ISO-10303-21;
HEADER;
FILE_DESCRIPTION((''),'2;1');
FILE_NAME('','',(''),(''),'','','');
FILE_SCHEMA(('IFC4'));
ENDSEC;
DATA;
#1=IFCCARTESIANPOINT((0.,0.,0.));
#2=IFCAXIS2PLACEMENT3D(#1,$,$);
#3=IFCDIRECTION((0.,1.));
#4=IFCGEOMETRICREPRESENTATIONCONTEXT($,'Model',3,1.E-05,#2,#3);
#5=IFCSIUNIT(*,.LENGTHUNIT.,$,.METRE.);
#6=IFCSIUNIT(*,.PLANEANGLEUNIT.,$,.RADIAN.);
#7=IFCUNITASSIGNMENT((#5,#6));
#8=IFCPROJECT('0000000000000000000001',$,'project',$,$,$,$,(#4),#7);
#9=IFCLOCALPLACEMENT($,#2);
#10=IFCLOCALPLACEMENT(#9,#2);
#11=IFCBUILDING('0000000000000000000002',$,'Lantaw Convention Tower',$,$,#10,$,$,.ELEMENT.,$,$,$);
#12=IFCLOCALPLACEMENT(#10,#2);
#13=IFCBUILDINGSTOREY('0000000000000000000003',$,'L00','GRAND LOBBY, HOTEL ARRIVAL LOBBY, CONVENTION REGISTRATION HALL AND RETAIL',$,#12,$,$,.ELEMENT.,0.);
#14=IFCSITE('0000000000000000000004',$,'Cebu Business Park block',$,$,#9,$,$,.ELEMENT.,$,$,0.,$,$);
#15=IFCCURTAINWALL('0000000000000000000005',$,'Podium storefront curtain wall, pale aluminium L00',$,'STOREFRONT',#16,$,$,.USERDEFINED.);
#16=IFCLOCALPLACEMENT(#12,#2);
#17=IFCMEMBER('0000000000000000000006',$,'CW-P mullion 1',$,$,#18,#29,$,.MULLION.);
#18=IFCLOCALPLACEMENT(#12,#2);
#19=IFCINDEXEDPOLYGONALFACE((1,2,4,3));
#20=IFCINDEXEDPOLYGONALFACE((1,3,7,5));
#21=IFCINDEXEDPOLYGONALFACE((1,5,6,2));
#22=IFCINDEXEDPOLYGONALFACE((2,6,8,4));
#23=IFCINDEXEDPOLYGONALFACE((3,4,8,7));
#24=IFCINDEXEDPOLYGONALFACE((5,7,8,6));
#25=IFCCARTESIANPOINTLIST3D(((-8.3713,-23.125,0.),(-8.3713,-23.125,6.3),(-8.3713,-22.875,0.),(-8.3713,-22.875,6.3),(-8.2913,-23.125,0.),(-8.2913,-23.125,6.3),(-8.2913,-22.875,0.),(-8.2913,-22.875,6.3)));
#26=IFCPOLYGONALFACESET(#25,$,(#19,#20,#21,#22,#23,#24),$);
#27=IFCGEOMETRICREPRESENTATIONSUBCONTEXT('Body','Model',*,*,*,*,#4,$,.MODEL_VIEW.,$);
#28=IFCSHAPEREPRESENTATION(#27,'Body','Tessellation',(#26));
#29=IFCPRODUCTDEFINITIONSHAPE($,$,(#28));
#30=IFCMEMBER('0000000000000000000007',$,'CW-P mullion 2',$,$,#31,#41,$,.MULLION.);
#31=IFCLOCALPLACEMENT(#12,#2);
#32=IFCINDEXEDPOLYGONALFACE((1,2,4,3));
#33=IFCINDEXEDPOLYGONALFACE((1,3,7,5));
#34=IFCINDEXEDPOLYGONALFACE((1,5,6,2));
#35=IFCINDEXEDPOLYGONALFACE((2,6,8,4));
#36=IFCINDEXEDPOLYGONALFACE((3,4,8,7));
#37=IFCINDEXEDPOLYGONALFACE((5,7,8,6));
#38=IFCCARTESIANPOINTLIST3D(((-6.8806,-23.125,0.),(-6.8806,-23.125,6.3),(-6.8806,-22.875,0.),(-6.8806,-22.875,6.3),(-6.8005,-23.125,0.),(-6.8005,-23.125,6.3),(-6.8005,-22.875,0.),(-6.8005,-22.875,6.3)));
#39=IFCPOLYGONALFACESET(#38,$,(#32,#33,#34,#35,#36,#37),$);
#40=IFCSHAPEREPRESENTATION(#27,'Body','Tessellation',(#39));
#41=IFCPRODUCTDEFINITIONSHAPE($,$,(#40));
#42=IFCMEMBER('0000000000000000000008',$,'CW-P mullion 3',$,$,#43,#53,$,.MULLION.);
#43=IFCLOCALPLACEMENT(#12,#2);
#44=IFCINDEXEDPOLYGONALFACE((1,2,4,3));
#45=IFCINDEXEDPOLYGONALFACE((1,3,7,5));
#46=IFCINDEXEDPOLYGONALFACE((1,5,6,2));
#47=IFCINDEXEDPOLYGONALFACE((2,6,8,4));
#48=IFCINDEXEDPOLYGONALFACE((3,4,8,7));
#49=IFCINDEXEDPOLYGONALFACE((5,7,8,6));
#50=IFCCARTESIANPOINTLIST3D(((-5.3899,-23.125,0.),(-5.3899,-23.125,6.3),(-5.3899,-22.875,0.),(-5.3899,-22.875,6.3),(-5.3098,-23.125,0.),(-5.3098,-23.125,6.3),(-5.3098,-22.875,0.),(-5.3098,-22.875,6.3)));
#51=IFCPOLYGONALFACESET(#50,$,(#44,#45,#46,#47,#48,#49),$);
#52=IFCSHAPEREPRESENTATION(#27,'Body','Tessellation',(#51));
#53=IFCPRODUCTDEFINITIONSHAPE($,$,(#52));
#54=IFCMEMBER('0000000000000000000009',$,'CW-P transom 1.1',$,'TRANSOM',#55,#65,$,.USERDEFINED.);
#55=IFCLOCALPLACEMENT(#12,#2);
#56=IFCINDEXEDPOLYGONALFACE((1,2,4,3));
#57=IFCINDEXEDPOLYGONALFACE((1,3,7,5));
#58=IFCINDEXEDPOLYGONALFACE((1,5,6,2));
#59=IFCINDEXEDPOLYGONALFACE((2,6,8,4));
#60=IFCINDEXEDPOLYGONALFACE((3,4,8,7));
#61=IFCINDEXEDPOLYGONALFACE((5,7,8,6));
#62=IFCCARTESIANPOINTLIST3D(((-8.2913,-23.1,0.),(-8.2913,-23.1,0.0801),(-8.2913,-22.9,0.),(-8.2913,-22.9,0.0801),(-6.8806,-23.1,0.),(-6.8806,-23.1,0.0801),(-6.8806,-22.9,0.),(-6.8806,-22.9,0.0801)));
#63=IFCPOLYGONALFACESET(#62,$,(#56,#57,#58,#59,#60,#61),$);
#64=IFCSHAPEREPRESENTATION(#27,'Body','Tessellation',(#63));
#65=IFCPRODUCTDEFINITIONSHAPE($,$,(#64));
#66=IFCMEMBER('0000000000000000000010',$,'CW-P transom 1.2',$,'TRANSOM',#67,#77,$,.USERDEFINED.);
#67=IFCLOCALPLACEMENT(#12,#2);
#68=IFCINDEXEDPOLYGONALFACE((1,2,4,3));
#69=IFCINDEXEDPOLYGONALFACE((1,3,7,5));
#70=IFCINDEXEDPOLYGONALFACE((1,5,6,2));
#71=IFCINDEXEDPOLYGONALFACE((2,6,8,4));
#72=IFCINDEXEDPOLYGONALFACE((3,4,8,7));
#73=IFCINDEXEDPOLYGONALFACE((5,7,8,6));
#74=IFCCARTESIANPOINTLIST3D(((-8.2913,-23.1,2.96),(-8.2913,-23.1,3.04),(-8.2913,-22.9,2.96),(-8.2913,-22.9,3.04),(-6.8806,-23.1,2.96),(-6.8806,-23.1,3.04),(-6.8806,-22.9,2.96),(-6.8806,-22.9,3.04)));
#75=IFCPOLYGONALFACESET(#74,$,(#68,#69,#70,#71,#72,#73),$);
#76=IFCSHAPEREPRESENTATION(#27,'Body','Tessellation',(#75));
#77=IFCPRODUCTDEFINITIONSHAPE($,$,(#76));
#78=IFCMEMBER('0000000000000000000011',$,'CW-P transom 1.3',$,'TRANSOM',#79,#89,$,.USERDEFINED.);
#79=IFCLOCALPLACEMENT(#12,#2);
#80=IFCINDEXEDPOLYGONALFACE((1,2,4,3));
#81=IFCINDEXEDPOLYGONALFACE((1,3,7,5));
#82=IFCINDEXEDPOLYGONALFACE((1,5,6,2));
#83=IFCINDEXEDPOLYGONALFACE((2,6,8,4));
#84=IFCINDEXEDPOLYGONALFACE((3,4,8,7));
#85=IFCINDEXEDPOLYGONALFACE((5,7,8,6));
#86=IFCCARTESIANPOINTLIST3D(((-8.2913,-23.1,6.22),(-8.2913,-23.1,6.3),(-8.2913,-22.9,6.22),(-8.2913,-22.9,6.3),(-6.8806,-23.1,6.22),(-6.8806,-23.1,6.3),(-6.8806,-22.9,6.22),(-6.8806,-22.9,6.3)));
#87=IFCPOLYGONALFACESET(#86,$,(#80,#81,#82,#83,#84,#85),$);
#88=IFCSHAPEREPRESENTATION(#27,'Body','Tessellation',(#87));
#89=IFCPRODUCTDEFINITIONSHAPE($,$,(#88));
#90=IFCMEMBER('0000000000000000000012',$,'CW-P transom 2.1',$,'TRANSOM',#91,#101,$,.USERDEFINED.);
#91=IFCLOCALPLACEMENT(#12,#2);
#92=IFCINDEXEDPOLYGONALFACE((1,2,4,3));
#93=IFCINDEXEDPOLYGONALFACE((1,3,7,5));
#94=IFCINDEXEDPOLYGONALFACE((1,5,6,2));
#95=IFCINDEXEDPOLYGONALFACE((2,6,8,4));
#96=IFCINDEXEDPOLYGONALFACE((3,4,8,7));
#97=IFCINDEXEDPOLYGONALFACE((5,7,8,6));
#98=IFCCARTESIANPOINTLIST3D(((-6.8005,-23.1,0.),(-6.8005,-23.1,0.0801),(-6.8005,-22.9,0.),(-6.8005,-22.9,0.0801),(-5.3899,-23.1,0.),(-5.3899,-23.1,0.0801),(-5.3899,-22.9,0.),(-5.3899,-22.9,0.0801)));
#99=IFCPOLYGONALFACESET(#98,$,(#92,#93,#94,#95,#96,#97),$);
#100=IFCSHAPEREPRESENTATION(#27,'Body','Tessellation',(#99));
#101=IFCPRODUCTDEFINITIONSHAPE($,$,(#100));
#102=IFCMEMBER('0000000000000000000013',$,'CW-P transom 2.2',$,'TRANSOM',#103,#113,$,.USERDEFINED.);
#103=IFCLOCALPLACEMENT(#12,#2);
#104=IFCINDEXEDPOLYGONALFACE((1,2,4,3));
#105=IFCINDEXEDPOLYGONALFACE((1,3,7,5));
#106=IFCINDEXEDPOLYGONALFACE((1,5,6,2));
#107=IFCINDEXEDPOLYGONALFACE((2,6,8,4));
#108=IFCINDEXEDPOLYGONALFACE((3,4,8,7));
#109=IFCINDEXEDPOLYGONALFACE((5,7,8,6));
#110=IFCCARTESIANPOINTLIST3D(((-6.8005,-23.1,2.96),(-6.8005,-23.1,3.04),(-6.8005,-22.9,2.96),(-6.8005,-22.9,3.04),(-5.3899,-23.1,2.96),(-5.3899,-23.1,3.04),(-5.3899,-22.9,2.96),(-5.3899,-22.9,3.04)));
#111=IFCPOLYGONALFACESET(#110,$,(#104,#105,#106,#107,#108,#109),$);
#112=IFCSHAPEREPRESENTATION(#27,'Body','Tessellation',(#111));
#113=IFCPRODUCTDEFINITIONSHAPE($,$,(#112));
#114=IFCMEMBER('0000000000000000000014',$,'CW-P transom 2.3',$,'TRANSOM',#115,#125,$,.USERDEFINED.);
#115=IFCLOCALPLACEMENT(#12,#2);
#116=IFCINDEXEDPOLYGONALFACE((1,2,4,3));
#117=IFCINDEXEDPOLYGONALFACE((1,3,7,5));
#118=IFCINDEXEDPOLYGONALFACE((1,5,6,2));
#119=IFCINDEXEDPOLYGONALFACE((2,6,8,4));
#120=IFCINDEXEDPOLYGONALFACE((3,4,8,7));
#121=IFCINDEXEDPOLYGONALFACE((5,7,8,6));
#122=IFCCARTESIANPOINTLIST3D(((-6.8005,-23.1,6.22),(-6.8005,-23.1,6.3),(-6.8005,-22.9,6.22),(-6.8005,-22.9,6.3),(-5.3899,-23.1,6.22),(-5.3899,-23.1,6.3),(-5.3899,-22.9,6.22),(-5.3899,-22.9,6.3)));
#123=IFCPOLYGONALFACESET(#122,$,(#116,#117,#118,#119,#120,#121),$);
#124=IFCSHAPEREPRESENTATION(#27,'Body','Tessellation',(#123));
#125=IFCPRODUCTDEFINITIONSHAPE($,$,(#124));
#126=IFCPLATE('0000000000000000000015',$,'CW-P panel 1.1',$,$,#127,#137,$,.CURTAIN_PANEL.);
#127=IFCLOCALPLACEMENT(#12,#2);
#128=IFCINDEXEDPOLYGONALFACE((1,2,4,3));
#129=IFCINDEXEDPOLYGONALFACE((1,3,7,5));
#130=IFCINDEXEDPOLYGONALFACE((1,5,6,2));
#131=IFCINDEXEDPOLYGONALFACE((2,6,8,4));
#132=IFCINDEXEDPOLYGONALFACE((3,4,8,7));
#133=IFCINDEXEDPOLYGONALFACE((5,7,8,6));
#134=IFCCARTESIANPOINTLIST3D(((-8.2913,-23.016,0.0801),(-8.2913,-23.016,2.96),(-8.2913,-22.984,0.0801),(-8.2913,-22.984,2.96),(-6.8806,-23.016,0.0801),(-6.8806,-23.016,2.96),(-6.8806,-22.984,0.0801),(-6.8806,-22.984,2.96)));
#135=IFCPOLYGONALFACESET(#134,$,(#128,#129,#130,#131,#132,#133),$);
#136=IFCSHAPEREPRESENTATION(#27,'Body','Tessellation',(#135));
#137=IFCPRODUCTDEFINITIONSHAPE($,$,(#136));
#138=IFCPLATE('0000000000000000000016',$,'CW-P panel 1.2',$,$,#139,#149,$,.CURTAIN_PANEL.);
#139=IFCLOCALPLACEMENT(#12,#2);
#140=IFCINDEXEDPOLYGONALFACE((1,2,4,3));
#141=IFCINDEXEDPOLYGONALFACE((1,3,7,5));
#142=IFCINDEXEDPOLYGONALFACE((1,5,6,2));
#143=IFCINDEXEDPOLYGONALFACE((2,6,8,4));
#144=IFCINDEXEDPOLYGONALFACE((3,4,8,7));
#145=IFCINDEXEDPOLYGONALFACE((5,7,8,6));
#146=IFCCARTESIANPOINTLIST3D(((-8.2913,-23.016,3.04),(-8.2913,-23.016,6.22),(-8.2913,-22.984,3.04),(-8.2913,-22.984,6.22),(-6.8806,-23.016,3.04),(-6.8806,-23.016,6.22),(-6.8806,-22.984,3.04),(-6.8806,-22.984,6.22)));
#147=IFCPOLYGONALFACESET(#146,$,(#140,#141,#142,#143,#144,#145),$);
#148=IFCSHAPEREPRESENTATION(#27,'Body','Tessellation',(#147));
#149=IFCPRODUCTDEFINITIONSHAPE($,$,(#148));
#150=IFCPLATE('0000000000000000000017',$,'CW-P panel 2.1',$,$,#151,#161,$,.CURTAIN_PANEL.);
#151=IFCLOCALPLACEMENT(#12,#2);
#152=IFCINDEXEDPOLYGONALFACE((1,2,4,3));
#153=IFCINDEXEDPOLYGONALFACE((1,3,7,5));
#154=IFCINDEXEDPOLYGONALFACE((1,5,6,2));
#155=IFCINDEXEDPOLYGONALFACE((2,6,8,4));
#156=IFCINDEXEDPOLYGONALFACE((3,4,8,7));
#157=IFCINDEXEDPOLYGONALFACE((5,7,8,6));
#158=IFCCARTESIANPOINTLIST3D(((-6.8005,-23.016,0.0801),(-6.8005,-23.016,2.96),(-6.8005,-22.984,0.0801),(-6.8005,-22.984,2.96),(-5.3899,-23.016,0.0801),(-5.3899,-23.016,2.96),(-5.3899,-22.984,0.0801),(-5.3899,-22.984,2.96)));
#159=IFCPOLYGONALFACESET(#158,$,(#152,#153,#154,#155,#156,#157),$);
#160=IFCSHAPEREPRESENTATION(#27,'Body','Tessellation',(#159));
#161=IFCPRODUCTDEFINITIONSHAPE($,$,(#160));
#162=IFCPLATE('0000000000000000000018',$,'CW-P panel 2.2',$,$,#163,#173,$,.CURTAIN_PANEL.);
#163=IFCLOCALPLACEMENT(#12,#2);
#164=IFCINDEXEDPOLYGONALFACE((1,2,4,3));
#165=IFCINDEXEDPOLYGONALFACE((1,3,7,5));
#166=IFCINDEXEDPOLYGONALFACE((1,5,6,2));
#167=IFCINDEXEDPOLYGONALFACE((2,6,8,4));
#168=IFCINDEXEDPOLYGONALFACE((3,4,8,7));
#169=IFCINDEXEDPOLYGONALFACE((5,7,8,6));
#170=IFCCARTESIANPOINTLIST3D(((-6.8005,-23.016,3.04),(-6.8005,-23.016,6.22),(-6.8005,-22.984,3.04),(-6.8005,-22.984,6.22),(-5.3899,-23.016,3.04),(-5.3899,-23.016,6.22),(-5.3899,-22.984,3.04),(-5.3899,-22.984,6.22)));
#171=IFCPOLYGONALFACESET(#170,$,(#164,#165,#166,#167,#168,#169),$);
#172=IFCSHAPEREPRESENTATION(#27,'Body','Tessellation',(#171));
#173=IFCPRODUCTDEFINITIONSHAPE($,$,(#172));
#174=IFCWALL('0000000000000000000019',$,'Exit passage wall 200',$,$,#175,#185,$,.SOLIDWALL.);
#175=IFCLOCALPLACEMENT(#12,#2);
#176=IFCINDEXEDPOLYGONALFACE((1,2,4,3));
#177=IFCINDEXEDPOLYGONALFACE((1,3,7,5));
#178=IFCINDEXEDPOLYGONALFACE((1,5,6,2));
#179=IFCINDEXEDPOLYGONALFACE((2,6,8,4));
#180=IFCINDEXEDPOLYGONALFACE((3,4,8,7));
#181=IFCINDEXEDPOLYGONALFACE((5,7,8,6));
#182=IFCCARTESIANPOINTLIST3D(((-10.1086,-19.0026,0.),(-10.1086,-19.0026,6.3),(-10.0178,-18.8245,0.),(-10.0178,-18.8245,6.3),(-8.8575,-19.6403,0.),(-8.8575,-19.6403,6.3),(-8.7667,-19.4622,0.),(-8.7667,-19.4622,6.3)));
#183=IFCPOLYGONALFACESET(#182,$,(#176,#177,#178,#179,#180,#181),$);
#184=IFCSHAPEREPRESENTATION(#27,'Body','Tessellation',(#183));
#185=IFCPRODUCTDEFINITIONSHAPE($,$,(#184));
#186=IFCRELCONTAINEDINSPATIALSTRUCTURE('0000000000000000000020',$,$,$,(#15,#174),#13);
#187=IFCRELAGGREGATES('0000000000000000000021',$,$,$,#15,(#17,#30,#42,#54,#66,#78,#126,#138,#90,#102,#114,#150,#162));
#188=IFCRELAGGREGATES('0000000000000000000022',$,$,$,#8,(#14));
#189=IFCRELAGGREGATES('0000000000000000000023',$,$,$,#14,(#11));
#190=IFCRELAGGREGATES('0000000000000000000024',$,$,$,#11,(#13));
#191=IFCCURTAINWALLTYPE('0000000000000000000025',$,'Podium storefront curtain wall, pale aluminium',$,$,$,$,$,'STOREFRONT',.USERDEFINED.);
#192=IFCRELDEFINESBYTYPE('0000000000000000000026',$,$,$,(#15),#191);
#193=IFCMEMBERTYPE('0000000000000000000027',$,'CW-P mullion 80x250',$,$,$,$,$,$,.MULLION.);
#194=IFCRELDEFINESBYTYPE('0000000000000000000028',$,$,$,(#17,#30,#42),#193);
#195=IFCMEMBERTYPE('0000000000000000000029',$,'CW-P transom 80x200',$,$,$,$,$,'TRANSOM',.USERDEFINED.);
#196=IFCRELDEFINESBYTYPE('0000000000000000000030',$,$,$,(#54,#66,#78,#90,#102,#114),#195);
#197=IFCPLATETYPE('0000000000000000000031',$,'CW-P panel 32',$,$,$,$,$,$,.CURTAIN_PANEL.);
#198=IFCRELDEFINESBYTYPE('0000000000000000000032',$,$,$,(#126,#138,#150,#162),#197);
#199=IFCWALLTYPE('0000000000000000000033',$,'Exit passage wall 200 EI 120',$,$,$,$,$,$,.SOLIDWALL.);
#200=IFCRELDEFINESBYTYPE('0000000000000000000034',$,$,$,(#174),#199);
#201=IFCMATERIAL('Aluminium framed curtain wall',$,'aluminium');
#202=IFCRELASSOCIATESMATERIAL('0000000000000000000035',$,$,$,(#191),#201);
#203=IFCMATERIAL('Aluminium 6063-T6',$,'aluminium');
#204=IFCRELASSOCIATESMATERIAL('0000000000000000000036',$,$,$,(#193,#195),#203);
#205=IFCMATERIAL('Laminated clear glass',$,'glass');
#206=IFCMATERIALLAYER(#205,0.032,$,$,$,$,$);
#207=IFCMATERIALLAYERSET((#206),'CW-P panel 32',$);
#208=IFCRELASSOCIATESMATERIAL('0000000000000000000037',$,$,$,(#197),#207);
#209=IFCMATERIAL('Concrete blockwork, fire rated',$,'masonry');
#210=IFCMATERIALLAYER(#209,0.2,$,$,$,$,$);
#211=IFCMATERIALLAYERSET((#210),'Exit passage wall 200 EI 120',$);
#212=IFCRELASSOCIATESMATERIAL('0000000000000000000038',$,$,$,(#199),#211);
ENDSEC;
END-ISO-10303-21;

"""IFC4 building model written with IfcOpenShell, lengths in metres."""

from ifc_helpers import new_model, si_unit, direction, frame, frame_2d, origin, origin_2d, place, context, subcontext, project, spatial, rectangle, extrude, material, layer, layer_set, material_profile, profile_set, type_object, element, aggregate, save


model = new_model("IFC4")

# Units and contexts
model_context = context("Model", 3, precision=1e-05, world=origin(), true_north=direction((0.0, 1.0)))
body_context = subcontext(model_context, "Body", "Model", "MODEL_VIEW")
ifc_project = project(units=[si_unit("LENGTHUNIT", "METRE"), si_unit("PLANEANGLEUNIT", "RADIAN")], contexts=[model_context])

# Site, building, storey
site_placement = place(None, origin())
site = spatial("IfcSite", under=ifc_project, at=site_placement, Name="Cebu Business Park block", CompositionType="ELEMENT", RefElevation=0.0)
building_placement = place(site_placement, origin())
building = spatial("IfcBuilding", under=site, at=building_placement, Name="Lantaw Convention Tower", CompositionType="ELEMENT")
storey_placement = place(building_placement, origin())
storey = spatial("IfcBuildingStorey", under=building, at=storey_placement, Name="L00", Description="GRAND LOBBY, HOTEL ARRIVAL LOBBY, CONVENTION REGISTRATION HALL AND RETAIL", CompositionType="ELEMENT", Elevation=0.0)

# Curtain wall, members, plates
ifc_material_1 = material(Name="Aluminium framed curtain wall", Category="aluminium")
curtain_wall_type = type_object("IfcCurtainWallType", Name="Podium storefront curtain wall, pale aluminium", ElementType="STOREFRONT", PredefinedType="USERDEFINED", material=ifc_material_1)
curtain_wall_placement = place(storey_placement, origin())
curtain_wall = element("IfcCurtainWall", 1, at=curtain_wall_placement, inside=storey, type_object=curtain_wall_type, Name="Podium storefront curtain wall, pale aluminium L00", ObjectType="STOREFRONT", PredefinedType="USERDEFINED")
ifc_material_2 = material(Name="Aluminium 6063-T6", Category="aluminium")
ifc_material_profile_1 = material_profile(ifc_material_2, rectangle(XDim=0.25, YDim=0.0801, at=origin_2d()), Name="CW-P mullion 80x250")
ifc_profile_set_1 = profile_set([ifc_material_profile_1], Name="Aluminium 6063-T6")
member_type_1 = type_object("IfcMemberType", Name="CW-P mullion 80x250", PredefinedType="MULLION", material=ifc_profile_set_1)
member_1_placement = place(storey_placement, frame((-8.3313, -23.0, 0.0), z_axis=(0.0, 0.0, 1.0), x_axis=(0.0, 1.0, 0.0)))
member_1 = element("IfcMember", 2, at=member_1_placement, type_object=member_type_1, Name="CW-P mullion 1", PredefinedType="MULLION", context=body_context, shape_type="SweptSolid", body=[
    extrude(rectangle(XDim=0.25, YDim=0.0801, at=origin_2d()), origin(), (0.0, 0.0, 1.0), 6.3),
])
member_2_placement = place(storey_placement, frame((-6.8406, -23.0, 0.0), z_axis=(0.0, 0.0, 1.0), x_axis=(0.0, 1.0, 0.0)))
member_2 = element("IfcMember", 3, at=member_2_placement, type_object=member_type_1, Name="CW-P mullion 2", PredefinedType="MULLION", context=body_context, shape_type="SweptSolid", body=[
    extrude(rectangle(XDim=0.25, YDim=0.0801, at=origin_2d()), origin(), (0.0, 0.0, 1.0), 6.3),
])
member_3_placement = place(storey_placement, frame((-5.3499, -23.0, 0.0), z_axis=(0.0, 0.0, 1.0), x_axis=(0.0, 1.0, 0.0)))
member_3 = element("IfcMember", 4, at=member_3_placement, type_object=member_type_1, Name="CW-P mullion 3", PredefinedType="MULLION", context=body_context, shape_type="SweptSolid", body=[
    extrude(rectangle(XDim=0.25, YDim=0.0801, at=origin_2d()), origin(), (0.0, 0.0, 1.0), 6.3),
])
ifc_material_profile_2 = material_profile(ifc_material_2, rectangle(XDim=0.2, YDim=0.0801, at=origin_2d()), Name="CW-P transom 80x200")
ifc_profile_set_2 = profile_set([ifc_material_profile_2], Name="Aluminium 6063-T6")
member_type_2 = type_object("IfcMemberType", Name="CW-P transom 80x200", ElementType="TRANSOM", PredefinedType="USERDEFINED", material=ifc_profile_set_2)
member_4_placement = place(storey_placement, frame((-8.2913, -23.0, 0.04), z_axis=(1.0, 0.0, 0.0), x_axis=(0.0, 1.0, 0.0)))
member_4 = element("IfcMember", 5, at=member_4_placement, type_object=member_type_2, Name="CW-P transom 1.1", ObjectType="TRANSOM", PredefinedType="USERDEFINED", context=body_context, shape_type="SweptSolid", body=[
    extrude(rectangle(XDim=0.2, YDim=0.0801, at=origin_2d()), origin(), (0.0, 0.0, 1.0), 1.4106),
])
member_5_placement = place(storey_placement, frame((-8.2913, -23.0, 3.0), z_axis=(1.0, 0.0, 0.0), x_axis=(0.0, 1.0, 0.0)))
member_5 = element("IfcMember", 6, at=member_5_placement, type_object=member_type_2, Name="CW-P transom 1.2", ObjectType="TRANSOM", PredefinedType="USERDEFINED", context=body_context, shape_type="SweptSolid", body=[
    extrude(rectangle(XDim=0.2, YDim=0.0801, at=origin_2d()), origin(), (0.0, 0.0, 1.0), 1.4106),
])
member_6_placement = place(storey_placement, frame((-8.2913, -23.0, 6.26), z_axis=(1.0, 0.0, 0.0), x_axis=(0.0, 1.0, 0.0)))
member_6 = element("IfcMember", 7, at=member_6_placement, type_object=member_type_2, Name="CW-P transom 1.3", ObjectType="TRANSOM", PredefinedType="USERDEFINED", context=body_context, shape_type="SweptSolid", body=[
    extrude(rectangle(XDim=0.2, YDim=0.0801, at=origin_2d()), origin(), (0.0, 0.0, 1.0), 1.4106),
])
member_7_placement = place(storey_placement, frame((-6.8005, -23.0, 0.04), z_axis=(1.0, 0.0, 0.0), x_axis=(0.0, 1.0, 0.0)))
member_7 = element("IfcMember", 8, at=member_7_placement, type_object=member_type_2, Name="CW-P transom 2.1", ObjectType="TRANSOM", PredefinedType="USERDEFINED", context=body_context, shape_type="SweptSolid", body=[
    extrude(rectangle(XDim=0.2, YDim=0.0801, at=origin_2d()), origin(), (0.0, 0.0, 1.0), 1.4106),
])
member_8_placement = place(storey_placement, frame((-6.8005, -23.0, 3.0), z_axis=(1.0, 0.0, 0.0), x_axis=(0.0, 1.0, 0.0)))
member_8 = element("IfcMember", 9, at=member_8_placement, type_object=member_type_2, Name="CW-P transom 2.2", ObjectType="TRANSOM", PredefinedType="USERDEFINED", context=body_context, shape_type="SweptSolid", body=[
    extrude(rectangle(XDim=0.2, YDim=0.0801, at=origin_2d()), origin(), (0.0, 0.0, 1.0), 1.4106),
])
member_9_placement = place(storey_placement, frame((-6.8005, -23.0, 6.26), z_axis=(1.0, 0.0, 0.0), x_axis=(0.0, 1.0, 0.0)))
member_9 = element("IfcMember", 10, at=member_9_placement, type_object=member_type_2, Name="CW-P transom 2.3", ObjectType="TRANSOM", PredefinedType="USERDEFINED", context=body_context, shape_type="SweptSolid", body=[
    extrude(rectangle(XDim=0.2, YDim=0.0801, at=origin_2d()), origin(), (0.0, 0.0, 1.0), 1.4106),
])
ifc_material_3 = material(Name="Laminated clear glass", Category="glass")
ifc_layer_1 = layer(ifc_material_3, 0.032)
ifc_layer_set_1 = layer_set([ifc_layer_1], Name="CW-P panel 32")
plate_type = type_object("IfcPlateType", Name="CW-P panel 32", PredefinedType="CURTAIN_PANEL", material=ifc_layer_set_1)
plate_1_placement = place(storey_placement, frame((-7.5859, -23.0, 0.0801), z_axis=(0.0, 0.0, 1.0), x_axis=(1.0, 0.0, 0.0)))
plate_1 = element("IfcPlate", 11, at=plate_1_placement, type_object=plate_type, Name="CW-P panel 1.1", PredefinedType="CURTAIN_PANEL", context=body_context, shape_type="SweptSolid", body=[
    extrude(rectangle(XDim=1.4106, YDim=0.032, at=origin_2d()), origin(), (0.0, 0.0, 1.0), 2.8799),
])
plate_2_placement = place(storey_placement, frame((-7.5859, -23.0, 3.04), z_axis=(0.0, 0.0, 1.0), x_axis=(1.0, 0.0, 0.0)))
plate_2 = element("IfcPlate", 12, at=plate_2_placement, type_object=plate_type, Name="CW-P panel 1.2", PredefinedType="CURTAIN_PANEL", context=body_context, shape_type="SweptSolid", body=[
    extrude(rectangle(XDim=1.4106, YDim=0.032, at=origin_2d()), origin(), (0.0, 0.0, 1.0), 3.1799),
])
plate_3_placement = place(storey_placement, frame((-6.0952, -23.0, 0.0801), z_axis=(0.0, 0.0, 1.0), x_axis=(1.0, 0.0, 0.0)))
plate_3 = element("IfcPlate", 13, at=plate_3_placement, type_object=plate_type, Name="CW-P panel 2.1", PredefinedType="CURTAIN_PANEL", context=body_context, shape_type="SweptSolid", body=[
    extrude(rectangle(XDim=1.4106, YDim=0.032, at=origin_2d()), origin(), (0.0, 0.0, 1.0), 2.8799),
])
plate_4_placement = place(storey_placement, frame((-6.0952, -23.0, 3.04), z_axis=(0.0, 0.0, 1.0), x_axis=(1.0, 0.0, 0.0)))
plate_4 = element("IfcPlate", 14, at=plate_4_placement, type_object=plate_type, Name="CW-P panel 2.2", PredefinedType="CURTAIN_PANEL", context=body_context, shape_type="SweptSolid", body=[
    extrude(rectangle(XDim=1.4106, YDim=0.032, at=origin_2d()), origin(), (0.0, 0.0, 1.0), 3.1799),
])
aggregate(curtain_wall, [member_1, member_2, member_3, member_4, member_5, member_6, plate_1, plate_2, member_7, member_8, member_9, plate_3, plate_4])

# Wall
ifc_material_4 = material(Name="Concrete blockwork, fire rated", Category="masonry")
ifc_layer_2 = layer(ifc_material_4, 0.2)
ifc_layer_set_2 = layer_set([ifc_layer_2], Name="Exit passage wall 200 EI 120")
wall_type_1 = type_object("IfcWallType", Name="Exit passage wall 200 EI 120", PredefinedType="SOLIDWALL", material=ifc_layer_set_2)
wall_1_placement = place(storey_placement, frame((-10.0632, -18.9136, 0.0), z_axis=(0.0, 0.0, 1.0), x_axis=(0.890959, -0.454085, 0.0)))
element("IfcWall", 15, at=wall_1_placement, inside=storey, type_object=wall_type_1, Name="Exit passage wall 200", PredefinedType="SOLIDWALL", context=body_context, shape_type="SweptSolid", body=[
    extrude(rectangle(XDim=1.4043, YDim=0.2, at=frame_2d((0.7021, 0.0))), origin(), (0.0, 0.0, 1.0), 6.3),
])

save(model, "model.ifc")
